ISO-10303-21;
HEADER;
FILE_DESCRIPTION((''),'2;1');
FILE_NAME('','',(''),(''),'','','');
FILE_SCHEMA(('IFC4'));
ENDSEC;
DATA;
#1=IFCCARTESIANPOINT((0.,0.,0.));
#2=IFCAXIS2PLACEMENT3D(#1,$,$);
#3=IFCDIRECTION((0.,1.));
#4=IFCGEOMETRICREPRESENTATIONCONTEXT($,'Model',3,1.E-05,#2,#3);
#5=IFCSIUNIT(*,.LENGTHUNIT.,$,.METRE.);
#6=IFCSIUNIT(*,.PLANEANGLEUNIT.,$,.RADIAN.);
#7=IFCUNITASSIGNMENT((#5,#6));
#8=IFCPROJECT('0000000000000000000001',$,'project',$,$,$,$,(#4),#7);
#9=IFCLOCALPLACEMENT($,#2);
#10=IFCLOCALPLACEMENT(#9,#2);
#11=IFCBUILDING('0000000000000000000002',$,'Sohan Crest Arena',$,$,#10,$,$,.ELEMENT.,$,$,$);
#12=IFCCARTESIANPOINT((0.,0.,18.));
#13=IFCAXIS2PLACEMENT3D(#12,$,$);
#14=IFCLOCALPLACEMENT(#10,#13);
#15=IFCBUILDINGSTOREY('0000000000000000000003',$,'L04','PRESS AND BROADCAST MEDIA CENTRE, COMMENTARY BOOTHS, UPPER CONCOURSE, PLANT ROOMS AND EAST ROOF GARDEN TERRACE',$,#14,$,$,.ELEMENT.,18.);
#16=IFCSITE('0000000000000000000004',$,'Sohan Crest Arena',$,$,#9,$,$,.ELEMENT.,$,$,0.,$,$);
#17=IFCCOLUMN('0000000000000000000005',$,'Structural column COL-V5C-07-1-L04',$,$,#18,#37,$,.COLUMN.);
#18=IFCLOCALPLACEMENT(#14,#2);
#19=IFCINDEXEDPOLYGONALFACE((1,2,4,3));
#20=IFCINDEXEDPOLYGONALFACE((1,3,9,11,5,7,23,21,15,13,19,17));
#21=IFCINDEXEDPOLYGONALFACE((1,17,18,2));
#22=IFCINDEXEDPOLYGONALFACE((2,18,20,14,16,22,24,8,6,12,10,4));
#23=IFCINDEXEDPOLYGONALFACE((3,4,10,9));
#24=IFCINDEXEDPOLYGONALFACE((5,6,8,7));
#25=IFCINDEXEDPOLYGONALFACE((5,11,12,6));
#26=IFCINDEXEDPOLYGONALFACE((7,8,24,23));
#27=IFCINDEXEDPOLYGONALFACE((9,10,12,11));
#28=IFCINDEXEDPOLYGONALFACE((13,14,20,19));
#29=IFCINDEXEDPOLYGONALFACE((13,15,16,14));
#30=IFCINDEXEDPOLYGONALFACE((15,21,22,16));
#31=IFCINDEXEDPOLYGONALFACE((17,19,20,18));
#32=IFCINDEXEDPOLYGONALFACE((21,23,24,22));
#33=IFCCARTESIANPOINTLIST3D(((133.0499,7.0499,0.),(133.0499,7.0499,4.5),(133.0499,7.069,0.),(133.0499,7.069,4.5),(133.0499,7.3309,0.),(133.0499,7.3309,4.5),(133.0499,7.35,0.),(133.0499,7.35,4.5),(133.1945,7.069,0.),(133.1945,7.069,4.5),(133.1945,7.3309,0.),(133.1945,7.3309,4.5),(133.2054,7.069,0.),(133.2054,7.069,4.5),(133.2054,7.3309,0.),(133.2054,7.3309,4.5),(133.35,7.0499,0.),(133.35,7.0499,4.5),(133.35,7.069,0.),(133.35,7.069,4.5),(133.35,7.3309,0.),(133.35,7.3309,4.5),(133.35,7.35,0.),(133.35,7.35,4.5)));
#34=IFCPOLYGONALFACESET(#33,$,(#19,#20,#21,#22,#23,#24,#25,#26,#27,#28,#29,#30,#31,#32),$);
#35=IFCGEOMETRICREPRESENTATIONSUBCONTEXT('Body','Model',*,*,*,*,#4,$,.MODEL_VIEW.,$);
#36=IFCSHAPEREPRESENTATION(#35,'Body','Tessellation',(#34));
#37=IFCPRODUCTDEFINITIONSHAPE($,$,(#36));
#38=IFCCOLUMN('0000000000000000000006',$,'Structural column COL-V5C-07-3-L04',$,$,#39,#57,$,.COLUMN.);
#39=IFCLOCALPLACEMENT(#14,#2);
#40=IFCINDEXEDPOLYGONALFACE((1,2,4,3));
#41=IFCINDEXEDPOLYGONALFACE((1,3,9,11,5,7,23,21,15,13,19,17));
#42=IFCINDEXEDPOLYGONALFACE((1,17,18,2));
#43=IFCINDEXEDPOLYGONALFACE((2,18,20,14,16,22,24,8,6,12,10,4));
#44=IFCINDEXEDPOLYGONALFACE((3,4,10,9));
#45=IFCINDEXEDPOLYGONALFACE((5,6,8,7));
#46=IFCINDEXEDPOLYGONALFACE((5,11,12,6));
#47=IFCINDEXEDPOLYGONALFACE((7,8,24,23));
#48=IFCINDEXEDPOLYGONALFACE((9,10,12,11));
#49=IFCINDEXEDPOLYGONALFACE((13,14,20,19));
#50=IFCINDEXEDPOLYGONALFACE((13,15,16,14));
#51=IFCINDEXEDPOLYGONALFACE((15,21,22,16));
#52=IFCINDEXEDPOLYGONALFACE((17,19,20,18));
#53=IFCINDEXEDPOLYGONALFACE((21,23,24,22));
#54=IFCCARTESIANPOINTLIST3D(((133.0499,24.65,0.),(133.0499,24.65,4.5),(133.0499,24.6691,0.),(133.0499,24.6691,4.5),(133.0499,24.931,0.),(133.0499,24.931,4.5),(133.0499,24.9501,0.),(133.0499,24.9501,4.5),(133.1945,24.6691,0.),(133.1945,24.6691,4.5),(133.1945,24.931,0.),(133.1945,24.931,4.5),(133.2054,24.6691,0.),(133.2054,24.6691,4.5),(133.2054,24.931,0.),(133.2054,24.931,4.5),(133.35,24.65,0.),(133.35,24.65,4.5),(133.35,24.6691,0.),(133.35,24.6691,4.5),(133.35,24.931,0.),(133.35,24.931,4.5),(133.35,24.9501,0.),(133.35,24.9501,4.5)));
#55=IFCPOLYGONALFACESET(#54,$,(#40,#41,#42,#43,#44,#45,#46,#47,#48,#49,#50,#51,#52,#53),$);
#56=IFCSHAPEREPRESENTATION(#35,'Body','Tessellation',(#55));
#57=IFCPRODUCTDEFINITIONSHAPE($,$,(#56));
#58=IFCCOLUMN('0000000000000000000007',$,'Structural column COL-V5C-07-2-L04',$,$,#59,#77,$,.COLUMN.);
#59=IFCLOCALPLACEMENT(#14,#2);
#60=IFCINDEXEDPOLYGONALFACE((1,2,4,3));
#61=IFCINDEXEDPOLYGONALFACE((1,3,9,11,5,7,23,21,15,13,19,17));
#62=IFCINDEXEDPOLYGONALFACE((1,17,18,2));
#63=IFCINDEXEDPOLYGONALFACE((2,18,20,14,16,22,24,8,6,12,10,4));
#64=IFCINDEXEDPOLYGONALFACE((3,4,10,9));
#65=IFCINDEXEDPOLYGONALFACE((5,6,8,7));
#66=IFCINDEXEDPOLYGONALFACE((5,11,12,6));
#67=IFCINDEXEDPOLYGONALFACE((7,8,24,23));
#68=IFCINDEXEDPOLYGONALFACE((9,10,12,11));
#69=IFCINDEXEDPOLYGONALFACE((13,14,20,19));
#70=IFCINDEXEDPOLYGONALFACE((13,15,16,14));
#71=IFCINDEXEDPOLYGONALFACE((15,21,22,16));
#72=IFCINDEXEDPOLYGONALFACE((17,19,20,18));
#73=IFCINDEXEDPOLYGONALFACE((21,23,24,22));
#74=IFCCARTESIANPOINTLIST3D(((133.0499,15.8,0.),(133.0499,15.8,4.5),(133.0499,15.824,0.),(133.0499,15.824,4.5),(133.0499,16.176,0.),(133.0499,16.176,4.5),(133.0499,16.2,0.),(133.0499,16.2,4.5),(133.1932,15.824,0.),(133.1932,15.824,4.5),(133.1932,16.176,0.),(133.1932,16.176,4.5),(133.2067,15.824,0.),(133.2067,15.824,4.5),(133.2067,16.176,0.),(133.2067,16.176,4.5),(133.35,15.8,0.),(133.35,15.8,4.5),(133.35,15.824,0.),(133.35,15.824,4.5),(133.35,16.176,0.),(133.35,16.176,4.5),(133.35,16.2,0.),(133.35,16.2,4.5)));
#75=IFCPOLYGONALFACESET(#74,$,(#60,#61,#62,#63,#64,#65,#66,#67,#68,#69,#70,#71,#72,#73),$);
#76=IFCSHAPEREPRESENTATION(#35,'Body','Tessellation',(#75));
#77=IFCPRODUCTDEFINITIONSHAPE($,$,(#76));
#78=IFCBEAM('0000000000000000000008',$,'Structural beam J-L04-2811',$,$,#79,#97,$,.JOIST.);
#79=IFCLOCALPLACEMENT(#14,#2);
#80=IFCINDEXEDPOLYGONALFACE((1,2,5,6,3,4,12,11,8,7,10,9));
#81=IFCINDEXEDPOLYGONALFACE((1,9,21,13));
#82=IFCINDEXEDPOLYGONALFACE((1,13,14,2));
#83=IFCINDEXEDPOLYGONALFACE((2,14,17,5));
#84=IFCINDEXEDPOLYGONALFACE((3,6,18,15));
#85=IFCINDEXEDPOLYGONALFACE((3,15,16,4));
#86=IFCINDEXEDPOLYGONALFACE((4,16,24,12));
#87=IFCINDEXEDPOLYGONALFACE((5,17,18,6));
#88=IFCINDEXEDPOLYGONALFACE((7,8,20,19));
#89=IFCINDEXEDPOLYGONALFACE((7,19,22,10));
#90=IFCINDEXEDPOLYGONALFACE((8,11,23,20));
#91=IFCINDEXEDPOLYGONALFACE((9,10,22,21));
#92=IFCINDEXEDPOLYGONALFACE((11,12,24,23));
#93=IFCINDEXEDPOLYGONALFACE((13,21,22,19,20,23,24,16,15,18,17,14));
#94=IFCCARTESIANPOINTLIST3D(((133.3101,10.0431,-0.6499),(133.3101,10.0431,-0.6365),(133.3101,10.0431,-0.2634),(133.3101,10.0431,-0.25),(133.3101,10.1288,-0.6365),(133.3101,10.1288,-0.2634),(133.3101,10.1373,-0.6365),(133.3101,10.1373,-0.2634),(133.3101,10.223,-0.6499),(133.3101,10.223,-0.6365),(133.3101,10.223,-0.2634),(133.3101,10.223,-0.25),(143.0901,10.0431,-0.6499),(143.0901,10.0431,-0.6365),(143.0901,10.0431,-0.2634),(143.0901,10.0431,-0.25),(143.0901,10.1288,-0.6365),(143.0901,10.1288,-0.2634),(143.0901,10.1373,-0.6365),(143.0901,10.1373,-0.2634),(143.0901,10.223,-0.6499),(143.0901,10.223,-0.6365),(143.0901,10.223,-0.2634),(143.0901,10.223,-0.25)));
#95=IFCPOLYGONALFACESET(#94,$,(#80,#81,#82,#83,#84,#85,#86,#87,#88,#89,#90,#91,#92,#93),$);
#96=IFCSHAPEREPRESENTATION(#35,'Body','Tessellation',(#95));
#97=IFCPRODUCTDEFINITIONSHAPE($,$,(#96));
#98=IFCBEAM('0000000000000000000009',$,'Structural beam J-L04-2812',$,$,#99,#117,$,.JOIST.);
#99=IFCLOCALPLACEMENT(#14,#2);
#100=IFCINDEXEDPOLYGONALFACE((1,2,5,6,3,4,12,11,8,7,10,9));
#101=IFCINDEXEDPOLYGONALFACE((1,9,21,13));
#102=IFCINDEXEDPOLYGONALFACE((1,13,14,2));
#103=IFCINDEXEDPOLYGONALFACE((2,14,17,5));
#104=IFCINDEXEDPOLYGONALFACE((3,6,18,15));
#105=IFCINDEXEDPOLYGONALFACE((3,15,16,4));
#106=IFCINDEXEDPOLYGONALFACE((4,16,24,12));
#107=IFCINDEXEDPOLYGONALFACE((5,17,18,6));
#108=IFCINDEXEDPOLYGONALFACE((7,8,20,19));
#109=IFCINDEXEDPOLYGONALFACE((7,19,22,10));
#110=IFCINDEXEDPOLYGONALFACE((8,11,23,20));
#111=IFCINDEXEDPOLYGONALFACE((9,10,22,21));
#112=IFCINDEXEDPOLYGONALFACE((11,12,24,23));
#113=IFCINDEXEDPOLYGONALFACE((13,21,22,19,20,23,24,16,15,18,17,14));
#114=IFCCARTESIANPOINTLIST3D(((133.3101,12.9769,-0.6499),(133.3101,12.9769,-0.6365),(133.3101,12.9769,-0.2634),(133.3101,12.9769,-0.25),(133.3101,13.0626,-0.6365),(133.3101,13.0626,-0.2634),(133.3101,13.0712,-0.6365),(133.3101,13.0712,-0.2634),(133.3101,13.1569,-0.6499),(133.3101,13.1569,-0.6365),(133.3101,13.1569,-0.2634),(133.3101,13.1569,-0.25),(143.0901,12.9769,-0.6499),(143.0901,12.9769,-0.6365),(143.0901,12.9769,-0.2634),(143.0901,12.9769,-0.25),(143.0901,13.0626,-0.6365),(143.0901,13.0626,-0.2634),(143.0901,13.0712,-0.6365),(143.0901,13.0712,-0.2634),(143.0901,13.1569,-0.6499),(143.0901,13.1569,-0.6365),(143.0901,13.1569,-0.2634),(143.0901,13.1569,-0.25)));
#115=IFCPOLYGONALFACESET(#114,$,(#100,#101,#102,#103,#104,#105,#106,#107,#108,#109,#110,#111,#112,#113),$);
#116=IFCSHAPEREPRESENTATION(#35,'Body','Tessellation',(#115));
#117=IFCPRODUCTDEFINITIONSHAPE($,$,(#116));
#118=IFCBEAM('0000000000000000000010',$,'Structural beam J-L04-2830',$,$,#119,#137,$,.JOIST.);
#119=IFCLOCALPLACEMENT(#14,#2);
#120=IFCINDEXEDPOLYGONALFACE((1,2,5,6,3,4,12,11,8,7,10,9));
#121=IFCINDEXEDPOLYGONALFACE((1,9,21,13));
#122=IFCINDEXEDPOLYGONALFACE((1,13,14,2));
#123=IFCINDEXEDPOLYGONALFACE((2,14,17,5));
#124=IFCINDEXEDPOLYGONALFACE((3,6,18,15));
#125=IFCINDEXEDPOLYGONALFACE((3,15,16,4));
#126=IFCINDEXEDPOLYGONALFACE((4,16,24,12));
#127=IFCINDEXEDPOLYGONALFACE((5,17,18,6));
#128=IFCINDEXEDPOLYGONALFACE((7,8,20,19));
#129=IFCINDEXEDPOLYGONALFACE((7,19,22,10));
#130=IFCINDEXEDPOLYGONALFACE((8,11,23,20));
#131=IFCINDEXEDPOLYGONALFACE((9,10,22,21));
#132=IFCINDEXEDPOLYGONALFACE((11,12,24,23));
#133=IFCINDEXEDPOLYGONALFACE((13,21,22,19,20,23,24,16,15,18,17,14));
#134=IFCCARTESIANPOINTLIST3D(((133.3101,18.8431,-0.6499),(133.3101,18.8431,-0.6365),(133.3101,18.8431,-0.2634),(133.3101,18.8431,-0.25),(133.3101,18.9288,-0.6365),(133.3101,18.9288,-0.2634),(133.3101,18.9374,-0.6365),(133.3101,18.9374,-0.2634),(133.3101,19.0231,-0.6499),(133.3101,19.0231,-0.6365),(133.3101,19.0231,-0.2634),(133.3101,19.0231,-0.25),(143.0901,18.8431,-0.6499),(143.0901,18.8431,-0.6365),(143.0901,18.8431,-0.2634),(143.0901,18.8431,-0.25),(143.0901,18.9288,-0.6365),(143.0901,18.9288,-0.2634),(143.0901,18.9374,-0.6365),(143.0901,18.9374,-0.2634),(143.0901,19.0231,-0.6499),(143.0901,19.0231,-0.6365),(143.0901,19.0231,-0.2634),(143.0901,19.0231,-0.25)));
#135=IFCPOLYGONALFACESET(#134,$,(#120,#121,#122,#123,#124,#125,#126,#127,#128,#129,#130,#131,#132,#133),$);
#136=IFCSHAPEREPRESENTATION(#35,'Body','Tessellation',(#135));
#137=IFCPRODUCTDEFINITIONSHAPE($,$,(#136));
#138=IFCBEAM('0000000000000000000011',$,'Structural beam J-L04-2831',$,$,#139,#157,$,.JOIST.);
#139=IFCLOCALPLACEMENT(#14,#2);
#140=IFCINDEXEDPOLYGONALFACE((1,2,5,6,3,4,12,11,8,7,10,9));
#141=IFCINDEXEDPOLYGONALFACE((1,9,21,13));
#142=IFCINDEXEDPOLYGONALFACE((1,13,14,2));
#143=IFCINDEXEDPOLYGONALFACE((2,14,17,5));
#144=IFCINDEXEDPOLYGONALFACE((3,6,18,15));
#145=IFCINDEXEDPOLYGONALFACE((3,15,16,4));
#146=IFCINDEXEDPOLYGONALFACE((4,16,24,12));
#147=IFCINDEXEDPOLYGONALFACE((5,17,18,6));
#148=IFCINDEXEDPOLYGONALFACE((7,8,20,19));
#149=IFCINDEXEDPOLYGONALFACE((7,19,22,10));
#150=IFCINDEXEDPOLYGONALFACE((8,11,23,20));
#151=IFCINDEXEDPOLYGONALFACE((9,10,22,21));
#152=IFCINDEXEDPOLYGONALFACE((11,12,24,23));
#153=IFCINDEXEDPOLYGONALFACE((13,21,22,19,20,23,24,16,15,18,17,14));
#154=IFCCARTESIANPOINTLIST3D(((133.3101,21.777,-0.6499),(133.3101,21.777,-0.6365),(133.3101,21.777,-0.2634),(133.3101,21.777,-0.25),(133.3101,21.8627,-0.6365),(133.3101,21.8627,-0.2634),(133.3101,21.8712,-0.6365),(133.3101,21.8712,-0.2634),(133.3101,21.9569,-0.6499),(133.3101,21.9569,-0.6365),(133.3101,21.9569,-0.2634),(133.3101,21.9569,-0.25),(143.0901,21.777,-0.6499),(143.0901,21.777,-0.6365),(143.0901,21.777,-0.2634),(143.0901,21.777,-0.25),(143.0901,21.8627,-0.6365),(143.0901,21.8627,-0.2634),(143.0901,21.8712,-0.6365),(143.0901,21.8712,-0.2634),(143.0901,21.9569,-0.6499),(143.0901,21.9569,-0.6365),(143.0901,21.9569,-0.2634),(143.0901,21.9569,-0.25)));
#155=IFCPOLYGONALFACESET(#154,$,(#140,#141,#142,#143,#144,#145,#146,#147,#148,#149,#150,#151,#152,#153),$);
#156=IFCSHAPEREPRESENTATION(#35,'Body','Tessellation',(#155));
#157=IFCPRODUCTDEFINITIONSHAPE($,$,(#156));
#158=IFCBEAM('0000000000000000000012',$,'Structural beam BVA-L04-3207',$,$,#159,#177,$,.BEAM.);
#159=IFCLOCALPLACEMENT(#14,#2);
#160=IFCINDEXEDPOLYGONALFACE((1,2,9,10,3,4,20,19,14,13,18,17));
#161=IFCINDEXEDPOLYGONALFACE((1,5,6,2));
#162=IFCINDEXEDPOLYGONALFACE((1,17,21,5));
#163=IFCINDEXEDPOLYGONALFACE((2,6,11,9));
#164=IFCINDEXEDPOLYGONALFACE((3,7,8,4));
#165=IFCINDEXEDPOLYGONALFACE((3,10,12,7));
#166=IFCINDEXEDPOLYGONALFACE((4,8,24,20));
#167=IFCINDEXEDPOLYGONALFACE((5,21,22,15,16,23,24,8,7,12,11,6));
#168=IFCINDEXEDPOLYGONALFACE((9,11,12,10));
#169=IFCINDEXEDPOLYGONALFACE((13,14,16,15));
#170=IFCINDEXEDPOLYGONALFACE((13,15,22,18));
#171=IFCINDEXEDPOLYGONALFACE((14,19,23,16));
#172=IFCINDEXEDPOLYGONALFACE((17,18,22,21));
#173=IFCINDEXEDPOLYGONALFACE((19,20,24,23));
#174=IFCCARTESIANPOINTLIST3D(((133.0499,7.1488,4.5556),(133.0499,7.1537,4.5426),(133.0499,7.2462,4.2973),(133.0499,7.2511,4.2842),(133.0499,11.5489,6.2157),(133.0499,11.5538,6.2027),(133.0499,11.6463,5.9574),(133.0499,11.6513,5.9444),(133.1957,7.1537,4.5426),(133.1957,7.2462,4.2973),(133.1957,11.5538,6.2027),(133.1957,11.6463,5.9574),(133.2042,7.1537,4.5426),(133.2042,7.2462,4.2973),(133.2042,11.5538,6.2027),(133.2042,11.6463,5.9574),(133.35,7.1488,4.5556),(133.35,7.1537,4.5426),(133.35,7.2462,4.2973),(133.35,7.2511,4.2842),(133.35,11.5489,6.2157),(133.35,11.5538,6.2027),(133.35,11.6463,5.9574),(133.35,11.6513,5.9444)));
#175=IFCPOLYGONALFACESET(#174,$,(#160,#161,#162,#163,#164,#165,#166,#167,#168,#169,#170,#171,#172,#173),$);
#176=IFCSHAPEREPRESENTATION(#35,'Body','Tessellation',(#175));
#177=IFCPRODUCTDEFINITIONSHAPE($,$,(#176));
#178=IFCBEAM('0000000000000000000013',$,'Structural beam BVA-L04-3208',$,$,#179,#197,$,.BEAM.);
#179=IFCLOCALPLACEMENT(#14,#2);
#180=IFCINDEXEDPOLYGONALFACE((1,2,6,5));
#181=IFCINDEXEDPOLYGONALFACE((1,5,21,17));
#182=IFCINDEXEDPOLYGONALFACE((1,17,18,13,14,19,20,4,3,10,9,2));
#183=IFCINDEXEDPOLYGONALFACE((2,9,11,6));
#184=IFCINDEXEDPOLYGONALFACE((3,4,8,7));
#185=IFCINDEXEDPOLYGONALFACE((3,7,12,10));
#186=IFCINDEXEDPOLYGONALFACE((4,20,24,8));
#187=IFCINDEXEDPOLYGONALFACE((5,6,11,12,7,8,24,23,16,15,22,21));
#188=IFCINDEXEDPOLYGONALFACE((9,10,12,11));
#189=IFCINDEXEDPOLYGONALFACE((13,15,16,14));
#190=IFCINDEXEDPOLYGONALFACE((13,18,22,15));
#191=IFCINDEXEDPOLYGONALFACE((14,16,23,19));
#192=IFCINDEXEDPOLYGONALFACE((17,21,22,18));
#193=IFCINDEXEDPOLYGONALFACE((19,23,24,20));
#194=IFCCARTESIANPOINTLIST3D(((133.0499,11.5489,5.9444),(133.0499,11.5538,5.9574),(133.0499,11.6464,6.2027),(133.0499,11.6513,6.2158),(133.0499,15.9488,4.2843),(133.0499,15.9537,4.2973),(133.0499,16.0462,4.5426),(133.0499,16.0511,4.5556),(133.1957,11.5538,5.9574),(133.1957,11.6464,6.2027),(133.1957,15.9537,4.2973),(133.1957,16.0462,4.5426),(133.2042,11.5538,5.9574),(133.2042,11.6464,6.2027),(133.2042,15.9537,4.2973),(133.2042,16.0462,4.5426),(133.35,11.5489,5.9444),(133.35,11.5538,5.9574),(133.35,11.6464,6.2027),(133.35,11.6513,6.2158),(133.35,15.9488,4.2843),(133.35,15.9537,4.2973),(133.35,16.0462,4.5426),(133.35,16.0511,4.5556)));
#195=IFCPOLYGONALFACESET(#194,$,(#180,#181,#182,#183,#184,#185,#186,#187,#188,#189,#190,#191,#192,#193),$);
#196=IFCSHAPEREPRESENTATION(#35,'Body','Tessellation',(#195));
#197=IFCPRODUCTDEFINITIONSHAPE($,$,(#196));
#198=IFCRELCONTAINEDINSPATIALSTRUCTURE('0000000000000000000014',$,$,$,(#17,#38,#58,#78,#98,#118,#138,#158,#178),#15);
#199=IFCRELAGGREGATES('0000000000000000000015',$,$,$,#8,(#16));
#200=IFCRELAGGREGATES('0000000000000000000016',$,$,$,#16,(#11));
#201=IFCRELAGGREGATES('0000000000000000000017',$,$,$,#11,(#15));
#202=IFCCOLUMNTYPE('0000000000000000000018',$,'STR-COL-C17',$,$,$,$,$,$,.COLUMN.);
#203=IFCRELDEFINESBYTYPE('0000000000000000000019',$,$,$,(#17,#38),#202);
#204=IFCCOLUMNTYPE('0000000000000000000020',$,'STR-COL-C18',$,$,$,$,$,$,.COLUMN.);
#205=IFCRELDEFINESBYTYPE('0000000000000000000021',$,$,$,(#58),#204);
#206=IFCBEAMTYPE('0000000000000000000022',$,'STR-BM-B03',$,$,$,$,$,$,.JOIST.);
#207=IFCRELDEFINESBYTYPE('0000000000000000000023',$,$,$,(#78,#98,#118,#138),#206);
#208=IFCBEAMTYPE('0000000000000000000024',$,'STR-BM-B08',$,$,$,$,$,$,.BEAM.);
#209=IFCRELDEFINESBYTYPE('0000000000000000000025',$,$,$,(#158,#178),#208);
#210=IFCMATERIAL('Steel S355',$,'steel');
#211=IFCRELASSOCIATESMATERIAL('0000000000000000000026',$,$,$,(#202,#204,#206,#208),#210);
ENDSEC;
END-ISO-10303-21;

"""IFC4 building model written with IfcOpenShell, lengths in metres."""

from ifc_helpers import new_model, si_unit, direction, frame, origin, origin_2d, place, context, subcontext, project, spatial, i_section, extrude, material, material_profile, profile_set, type_object, element, save


model = new_model("IFC4")

# Units and contexts
model_context = context("Model", 3, precision=1e-05, world=origin(), true_north=direction((0.0, 1.0)))
body_context = subcontext(model_context, "Body", "Model", "MODEL_VIEW")
ifc_project = project(units=[si_unit("LENGTHUNIT", "METRE"), si_unit("PLANEANGLEUNIT", "RADIAN")], contexts=[model_context])

# Site, building, storey
site_placement = place(None, origin())
site = spatial("IfcSite", under=ifc_project, at=site_placement, Name="Sohan Crest Arena", CompositionType="ELEMENT", RefElevation=0.0)
building_placement = place(site_placement, origin())
building = spatial("IfcBuilding", under=site, at=building_placement, Name="Sohan Crest Arena", CompositionType="ELEMENT")
storey_placement = place(building_placement, frame((0.0, 0.0, 18.0)))
storey = spatial("IfcBuildingStorey", under=building, at=storey_placement, Name="L04", Description="PRESS AND BROADCAST MEDIA CENTRE, COMMENTARY BOOTHS, UPPER CONCOURSE, PLANT ROOMS AND EAST ROOF GARDEN TERRACE", CompositionType="ELEMENT", Elevation=18.0)

# Columns
ifc_material_1 = material(Name="Steel S355", Category="steel")
ifc_material_profile_1 = material_profile(ifc_material_1, i_section(OverallWidth=0.3, OverallDepth=0.3, WebThickness=0.011, FlangeThickness=0.019, at=origin_2d()), Name="HEB 300")
ifc_profile_set_1 = profile_set([ifc_material_profile_1], Name="Steel S355")
column_type_1 = type_object("IfcColumnType", Name="STR-COL-C17", PredefinedType="COLUMN", material=ifc_profile_set_1)
for number, where, z_axis, x_axis, name in (
    (1, (133.2, 7.2, 0.0), (0.0, 0.0, 1.0), (1.0, 0.0, 0.0), "Structural column COL-V5C-07-1-L04"),
    (2, (133.2, 24.8, 0.0), (0.0, 0.0, 1.0), (1.0, 0.0, 0.0), "Structural column COL-V5C-07-3-L04"),
):
    element("IfcColumn", number, at=place(storey_placement, frame(where, z_axis=z_axis, x_axis=x_axis)), inside=storey, type_object=column_type_1, Name=name, PredefinedType="COLUMN", context=body_context, shape_type="SweptSolid", body=[
        extrude(i_section(OverallWidth=0.3, OverallDepth=0.3, WebThickness=0.011, FlangeThickness=0.019, at=origin_2d()), origin(), (0.0, 0.0, 1.0), 4.5),
    ])
ifc_material_profile_2 = material_profile(ifc_material_1, i_section(OverallWidth=0.3, OverallDepth=0.3999, WebThickness=0.0134, FlangeThickness=0.0239, at=origin_2d()), Name="HEB 400")
ifc_profile_set_2 = profile_set([ifc_material_profile_2], Name="Steel S355")
column_type_2 = type_object("IfcColumnType", Name="STR-COL-C18", PredefinedType="COLUMN", material=ifc_profile_set_2)
column_placement = place(storey_placement, frame((133.2, 16.0, 0.0), z_axis=(0.0, 0.0, 1.0), x_axis=(1.0, 0.0, 0.0)))
element("IfcColumn", 3, at=column_placement, inside=storey, type_object=column_type_2, Name="Structural column COL-V5C-07-2-L04", PredefinedType="COLUMN", context=body_context, shape_type="SweptSolid", body=[
    extrude(i_section(OverallWidth=0.3, OverallDepth=0.3999, WebThickness=0.0134, FlangeThickness=0.0239, at=origin_2d()), origin(), (0.0, 0.0, 1.0), 4.5),
])

# Beams
ifc_material_profile_3 = material_profile(ifc_material_1, i_section(OverallWidth=0.1799, OverallDepth=0.3999, WebThickness=0.0085, FlangeThickness=0.0134, at=origin_2d()), Name="IPE 400")
ifc_profile_set_3 = profile_set([ifc_material_profile_3], Name="Steel S355")
beam_type_1 = type_object("IfcBeamType", Name="STR-BM-B03", PredefinedType="JOIST", material=ifc_profile_set_3)
for number, where, z_axis, x_axis, name in (
    (4, (133.3101, 10.1331, -0.45), (1.0, 0.0, 0.0), (0.0, 1.0, 0.0), "Structural beam J-L04-2811"),
    (5, (133.3101, 13.0669, -0.45), (1.0, 0.0, 0.0), (0.0, 1.0, 0.0), "Structural beam J-L04-2812"),
    (6, (133.3101, 18.9331, -0.45), (1.0, 0.0, 0.0), (0.0, 1.0, 0.0), "Structural beam J-L04-2830"),
    (7, (133.3101, 21.8669, -0.45), (1.0, 0.0, 0.0), (0.0, 1.0, 0.0), "Structural beam J-L04-2831"),
):
    element("IfcBeam", number, at=place(storey_placement, frame(where, z_axis=z_axis, x_axis=x_axis)), inside=storey, type_object=beam_type_1, Name=name, PredefinedType="JOIST", context=body_context, shape_type="SweptSolid", body=[
        extrude(i_section(OverallWidth=0.1799, OverallDepth=0.3999, WebThickness=0.0085, FlangeThickness=0.0134, at=origin_2d()), origin(), (0.0, 0.0, 1.0), 9.78),
    ])
ifc_material_profile_4 = material_profile(ifc_material_1, i_section(OverallWidth=0.3, OverallDepth=0.29, WebThickness=0.0085, FlangeThickness=0.0139, at=origin_2d()), Name="HEA 300")
ifc_profile_set_4 = profile_set([ifc_material_profile_4], Name="Steel S355")
beam_type_2 = type_object("IfcBeamType", Name="STR-BM-B08", PredefinedType="BEAM", material=ifc_profile_set_4)
beam_1_placement = place(storey_placement, frame((133.2, 7.2, 4.4199), z_axis=(0.0, 0.935621, 0.353006), x_axis=(-1.0, 0.0, 0.0)))
element("IfcBeam", 8, at=beam_1_placement, inside=storey, type_object=beam_type_2, Name="Structural beam BVA-L04-3207", PredefinedType="BEAM", context=body_context, shape_type="SweptSolid", body=[
    extrude(i_section(OverallWidth=0.3, OverallDepth=0.29, WebThickness=0.0085, FlangeThickness=0.0139, at=origin_2d()), origin(), (0.0, 0.0, 1.0), 4.7029),
])
for number, where, z_axis, x_axis, name in (
    (9, (133.2, 11.6001, 6.0801), (0.0, 0.935615, -0.353023), (-1.0, 0.0, 0.0), "Structural beam BVA-L04-3208"),
):
    element("IfcBeam", number, at=place(storey_placement, frame(where, z_axis=z_axis, x_axis=x_axis)), inside=storey, type_object=beam_type_2, Name=name, PredefinedType="BEAM", context=body_context, shape_type="SweptSolid", body=[
        extrude(i_section(OverallWidth=0.3, OverallDepth=0.29, WebThickness=0.0085, FlangeThickness=0.0139, at=origin_2d()), origin(), (0.0, 0.0, 1.0), 4.7026),
    ])

save(model, "model.ifc")
